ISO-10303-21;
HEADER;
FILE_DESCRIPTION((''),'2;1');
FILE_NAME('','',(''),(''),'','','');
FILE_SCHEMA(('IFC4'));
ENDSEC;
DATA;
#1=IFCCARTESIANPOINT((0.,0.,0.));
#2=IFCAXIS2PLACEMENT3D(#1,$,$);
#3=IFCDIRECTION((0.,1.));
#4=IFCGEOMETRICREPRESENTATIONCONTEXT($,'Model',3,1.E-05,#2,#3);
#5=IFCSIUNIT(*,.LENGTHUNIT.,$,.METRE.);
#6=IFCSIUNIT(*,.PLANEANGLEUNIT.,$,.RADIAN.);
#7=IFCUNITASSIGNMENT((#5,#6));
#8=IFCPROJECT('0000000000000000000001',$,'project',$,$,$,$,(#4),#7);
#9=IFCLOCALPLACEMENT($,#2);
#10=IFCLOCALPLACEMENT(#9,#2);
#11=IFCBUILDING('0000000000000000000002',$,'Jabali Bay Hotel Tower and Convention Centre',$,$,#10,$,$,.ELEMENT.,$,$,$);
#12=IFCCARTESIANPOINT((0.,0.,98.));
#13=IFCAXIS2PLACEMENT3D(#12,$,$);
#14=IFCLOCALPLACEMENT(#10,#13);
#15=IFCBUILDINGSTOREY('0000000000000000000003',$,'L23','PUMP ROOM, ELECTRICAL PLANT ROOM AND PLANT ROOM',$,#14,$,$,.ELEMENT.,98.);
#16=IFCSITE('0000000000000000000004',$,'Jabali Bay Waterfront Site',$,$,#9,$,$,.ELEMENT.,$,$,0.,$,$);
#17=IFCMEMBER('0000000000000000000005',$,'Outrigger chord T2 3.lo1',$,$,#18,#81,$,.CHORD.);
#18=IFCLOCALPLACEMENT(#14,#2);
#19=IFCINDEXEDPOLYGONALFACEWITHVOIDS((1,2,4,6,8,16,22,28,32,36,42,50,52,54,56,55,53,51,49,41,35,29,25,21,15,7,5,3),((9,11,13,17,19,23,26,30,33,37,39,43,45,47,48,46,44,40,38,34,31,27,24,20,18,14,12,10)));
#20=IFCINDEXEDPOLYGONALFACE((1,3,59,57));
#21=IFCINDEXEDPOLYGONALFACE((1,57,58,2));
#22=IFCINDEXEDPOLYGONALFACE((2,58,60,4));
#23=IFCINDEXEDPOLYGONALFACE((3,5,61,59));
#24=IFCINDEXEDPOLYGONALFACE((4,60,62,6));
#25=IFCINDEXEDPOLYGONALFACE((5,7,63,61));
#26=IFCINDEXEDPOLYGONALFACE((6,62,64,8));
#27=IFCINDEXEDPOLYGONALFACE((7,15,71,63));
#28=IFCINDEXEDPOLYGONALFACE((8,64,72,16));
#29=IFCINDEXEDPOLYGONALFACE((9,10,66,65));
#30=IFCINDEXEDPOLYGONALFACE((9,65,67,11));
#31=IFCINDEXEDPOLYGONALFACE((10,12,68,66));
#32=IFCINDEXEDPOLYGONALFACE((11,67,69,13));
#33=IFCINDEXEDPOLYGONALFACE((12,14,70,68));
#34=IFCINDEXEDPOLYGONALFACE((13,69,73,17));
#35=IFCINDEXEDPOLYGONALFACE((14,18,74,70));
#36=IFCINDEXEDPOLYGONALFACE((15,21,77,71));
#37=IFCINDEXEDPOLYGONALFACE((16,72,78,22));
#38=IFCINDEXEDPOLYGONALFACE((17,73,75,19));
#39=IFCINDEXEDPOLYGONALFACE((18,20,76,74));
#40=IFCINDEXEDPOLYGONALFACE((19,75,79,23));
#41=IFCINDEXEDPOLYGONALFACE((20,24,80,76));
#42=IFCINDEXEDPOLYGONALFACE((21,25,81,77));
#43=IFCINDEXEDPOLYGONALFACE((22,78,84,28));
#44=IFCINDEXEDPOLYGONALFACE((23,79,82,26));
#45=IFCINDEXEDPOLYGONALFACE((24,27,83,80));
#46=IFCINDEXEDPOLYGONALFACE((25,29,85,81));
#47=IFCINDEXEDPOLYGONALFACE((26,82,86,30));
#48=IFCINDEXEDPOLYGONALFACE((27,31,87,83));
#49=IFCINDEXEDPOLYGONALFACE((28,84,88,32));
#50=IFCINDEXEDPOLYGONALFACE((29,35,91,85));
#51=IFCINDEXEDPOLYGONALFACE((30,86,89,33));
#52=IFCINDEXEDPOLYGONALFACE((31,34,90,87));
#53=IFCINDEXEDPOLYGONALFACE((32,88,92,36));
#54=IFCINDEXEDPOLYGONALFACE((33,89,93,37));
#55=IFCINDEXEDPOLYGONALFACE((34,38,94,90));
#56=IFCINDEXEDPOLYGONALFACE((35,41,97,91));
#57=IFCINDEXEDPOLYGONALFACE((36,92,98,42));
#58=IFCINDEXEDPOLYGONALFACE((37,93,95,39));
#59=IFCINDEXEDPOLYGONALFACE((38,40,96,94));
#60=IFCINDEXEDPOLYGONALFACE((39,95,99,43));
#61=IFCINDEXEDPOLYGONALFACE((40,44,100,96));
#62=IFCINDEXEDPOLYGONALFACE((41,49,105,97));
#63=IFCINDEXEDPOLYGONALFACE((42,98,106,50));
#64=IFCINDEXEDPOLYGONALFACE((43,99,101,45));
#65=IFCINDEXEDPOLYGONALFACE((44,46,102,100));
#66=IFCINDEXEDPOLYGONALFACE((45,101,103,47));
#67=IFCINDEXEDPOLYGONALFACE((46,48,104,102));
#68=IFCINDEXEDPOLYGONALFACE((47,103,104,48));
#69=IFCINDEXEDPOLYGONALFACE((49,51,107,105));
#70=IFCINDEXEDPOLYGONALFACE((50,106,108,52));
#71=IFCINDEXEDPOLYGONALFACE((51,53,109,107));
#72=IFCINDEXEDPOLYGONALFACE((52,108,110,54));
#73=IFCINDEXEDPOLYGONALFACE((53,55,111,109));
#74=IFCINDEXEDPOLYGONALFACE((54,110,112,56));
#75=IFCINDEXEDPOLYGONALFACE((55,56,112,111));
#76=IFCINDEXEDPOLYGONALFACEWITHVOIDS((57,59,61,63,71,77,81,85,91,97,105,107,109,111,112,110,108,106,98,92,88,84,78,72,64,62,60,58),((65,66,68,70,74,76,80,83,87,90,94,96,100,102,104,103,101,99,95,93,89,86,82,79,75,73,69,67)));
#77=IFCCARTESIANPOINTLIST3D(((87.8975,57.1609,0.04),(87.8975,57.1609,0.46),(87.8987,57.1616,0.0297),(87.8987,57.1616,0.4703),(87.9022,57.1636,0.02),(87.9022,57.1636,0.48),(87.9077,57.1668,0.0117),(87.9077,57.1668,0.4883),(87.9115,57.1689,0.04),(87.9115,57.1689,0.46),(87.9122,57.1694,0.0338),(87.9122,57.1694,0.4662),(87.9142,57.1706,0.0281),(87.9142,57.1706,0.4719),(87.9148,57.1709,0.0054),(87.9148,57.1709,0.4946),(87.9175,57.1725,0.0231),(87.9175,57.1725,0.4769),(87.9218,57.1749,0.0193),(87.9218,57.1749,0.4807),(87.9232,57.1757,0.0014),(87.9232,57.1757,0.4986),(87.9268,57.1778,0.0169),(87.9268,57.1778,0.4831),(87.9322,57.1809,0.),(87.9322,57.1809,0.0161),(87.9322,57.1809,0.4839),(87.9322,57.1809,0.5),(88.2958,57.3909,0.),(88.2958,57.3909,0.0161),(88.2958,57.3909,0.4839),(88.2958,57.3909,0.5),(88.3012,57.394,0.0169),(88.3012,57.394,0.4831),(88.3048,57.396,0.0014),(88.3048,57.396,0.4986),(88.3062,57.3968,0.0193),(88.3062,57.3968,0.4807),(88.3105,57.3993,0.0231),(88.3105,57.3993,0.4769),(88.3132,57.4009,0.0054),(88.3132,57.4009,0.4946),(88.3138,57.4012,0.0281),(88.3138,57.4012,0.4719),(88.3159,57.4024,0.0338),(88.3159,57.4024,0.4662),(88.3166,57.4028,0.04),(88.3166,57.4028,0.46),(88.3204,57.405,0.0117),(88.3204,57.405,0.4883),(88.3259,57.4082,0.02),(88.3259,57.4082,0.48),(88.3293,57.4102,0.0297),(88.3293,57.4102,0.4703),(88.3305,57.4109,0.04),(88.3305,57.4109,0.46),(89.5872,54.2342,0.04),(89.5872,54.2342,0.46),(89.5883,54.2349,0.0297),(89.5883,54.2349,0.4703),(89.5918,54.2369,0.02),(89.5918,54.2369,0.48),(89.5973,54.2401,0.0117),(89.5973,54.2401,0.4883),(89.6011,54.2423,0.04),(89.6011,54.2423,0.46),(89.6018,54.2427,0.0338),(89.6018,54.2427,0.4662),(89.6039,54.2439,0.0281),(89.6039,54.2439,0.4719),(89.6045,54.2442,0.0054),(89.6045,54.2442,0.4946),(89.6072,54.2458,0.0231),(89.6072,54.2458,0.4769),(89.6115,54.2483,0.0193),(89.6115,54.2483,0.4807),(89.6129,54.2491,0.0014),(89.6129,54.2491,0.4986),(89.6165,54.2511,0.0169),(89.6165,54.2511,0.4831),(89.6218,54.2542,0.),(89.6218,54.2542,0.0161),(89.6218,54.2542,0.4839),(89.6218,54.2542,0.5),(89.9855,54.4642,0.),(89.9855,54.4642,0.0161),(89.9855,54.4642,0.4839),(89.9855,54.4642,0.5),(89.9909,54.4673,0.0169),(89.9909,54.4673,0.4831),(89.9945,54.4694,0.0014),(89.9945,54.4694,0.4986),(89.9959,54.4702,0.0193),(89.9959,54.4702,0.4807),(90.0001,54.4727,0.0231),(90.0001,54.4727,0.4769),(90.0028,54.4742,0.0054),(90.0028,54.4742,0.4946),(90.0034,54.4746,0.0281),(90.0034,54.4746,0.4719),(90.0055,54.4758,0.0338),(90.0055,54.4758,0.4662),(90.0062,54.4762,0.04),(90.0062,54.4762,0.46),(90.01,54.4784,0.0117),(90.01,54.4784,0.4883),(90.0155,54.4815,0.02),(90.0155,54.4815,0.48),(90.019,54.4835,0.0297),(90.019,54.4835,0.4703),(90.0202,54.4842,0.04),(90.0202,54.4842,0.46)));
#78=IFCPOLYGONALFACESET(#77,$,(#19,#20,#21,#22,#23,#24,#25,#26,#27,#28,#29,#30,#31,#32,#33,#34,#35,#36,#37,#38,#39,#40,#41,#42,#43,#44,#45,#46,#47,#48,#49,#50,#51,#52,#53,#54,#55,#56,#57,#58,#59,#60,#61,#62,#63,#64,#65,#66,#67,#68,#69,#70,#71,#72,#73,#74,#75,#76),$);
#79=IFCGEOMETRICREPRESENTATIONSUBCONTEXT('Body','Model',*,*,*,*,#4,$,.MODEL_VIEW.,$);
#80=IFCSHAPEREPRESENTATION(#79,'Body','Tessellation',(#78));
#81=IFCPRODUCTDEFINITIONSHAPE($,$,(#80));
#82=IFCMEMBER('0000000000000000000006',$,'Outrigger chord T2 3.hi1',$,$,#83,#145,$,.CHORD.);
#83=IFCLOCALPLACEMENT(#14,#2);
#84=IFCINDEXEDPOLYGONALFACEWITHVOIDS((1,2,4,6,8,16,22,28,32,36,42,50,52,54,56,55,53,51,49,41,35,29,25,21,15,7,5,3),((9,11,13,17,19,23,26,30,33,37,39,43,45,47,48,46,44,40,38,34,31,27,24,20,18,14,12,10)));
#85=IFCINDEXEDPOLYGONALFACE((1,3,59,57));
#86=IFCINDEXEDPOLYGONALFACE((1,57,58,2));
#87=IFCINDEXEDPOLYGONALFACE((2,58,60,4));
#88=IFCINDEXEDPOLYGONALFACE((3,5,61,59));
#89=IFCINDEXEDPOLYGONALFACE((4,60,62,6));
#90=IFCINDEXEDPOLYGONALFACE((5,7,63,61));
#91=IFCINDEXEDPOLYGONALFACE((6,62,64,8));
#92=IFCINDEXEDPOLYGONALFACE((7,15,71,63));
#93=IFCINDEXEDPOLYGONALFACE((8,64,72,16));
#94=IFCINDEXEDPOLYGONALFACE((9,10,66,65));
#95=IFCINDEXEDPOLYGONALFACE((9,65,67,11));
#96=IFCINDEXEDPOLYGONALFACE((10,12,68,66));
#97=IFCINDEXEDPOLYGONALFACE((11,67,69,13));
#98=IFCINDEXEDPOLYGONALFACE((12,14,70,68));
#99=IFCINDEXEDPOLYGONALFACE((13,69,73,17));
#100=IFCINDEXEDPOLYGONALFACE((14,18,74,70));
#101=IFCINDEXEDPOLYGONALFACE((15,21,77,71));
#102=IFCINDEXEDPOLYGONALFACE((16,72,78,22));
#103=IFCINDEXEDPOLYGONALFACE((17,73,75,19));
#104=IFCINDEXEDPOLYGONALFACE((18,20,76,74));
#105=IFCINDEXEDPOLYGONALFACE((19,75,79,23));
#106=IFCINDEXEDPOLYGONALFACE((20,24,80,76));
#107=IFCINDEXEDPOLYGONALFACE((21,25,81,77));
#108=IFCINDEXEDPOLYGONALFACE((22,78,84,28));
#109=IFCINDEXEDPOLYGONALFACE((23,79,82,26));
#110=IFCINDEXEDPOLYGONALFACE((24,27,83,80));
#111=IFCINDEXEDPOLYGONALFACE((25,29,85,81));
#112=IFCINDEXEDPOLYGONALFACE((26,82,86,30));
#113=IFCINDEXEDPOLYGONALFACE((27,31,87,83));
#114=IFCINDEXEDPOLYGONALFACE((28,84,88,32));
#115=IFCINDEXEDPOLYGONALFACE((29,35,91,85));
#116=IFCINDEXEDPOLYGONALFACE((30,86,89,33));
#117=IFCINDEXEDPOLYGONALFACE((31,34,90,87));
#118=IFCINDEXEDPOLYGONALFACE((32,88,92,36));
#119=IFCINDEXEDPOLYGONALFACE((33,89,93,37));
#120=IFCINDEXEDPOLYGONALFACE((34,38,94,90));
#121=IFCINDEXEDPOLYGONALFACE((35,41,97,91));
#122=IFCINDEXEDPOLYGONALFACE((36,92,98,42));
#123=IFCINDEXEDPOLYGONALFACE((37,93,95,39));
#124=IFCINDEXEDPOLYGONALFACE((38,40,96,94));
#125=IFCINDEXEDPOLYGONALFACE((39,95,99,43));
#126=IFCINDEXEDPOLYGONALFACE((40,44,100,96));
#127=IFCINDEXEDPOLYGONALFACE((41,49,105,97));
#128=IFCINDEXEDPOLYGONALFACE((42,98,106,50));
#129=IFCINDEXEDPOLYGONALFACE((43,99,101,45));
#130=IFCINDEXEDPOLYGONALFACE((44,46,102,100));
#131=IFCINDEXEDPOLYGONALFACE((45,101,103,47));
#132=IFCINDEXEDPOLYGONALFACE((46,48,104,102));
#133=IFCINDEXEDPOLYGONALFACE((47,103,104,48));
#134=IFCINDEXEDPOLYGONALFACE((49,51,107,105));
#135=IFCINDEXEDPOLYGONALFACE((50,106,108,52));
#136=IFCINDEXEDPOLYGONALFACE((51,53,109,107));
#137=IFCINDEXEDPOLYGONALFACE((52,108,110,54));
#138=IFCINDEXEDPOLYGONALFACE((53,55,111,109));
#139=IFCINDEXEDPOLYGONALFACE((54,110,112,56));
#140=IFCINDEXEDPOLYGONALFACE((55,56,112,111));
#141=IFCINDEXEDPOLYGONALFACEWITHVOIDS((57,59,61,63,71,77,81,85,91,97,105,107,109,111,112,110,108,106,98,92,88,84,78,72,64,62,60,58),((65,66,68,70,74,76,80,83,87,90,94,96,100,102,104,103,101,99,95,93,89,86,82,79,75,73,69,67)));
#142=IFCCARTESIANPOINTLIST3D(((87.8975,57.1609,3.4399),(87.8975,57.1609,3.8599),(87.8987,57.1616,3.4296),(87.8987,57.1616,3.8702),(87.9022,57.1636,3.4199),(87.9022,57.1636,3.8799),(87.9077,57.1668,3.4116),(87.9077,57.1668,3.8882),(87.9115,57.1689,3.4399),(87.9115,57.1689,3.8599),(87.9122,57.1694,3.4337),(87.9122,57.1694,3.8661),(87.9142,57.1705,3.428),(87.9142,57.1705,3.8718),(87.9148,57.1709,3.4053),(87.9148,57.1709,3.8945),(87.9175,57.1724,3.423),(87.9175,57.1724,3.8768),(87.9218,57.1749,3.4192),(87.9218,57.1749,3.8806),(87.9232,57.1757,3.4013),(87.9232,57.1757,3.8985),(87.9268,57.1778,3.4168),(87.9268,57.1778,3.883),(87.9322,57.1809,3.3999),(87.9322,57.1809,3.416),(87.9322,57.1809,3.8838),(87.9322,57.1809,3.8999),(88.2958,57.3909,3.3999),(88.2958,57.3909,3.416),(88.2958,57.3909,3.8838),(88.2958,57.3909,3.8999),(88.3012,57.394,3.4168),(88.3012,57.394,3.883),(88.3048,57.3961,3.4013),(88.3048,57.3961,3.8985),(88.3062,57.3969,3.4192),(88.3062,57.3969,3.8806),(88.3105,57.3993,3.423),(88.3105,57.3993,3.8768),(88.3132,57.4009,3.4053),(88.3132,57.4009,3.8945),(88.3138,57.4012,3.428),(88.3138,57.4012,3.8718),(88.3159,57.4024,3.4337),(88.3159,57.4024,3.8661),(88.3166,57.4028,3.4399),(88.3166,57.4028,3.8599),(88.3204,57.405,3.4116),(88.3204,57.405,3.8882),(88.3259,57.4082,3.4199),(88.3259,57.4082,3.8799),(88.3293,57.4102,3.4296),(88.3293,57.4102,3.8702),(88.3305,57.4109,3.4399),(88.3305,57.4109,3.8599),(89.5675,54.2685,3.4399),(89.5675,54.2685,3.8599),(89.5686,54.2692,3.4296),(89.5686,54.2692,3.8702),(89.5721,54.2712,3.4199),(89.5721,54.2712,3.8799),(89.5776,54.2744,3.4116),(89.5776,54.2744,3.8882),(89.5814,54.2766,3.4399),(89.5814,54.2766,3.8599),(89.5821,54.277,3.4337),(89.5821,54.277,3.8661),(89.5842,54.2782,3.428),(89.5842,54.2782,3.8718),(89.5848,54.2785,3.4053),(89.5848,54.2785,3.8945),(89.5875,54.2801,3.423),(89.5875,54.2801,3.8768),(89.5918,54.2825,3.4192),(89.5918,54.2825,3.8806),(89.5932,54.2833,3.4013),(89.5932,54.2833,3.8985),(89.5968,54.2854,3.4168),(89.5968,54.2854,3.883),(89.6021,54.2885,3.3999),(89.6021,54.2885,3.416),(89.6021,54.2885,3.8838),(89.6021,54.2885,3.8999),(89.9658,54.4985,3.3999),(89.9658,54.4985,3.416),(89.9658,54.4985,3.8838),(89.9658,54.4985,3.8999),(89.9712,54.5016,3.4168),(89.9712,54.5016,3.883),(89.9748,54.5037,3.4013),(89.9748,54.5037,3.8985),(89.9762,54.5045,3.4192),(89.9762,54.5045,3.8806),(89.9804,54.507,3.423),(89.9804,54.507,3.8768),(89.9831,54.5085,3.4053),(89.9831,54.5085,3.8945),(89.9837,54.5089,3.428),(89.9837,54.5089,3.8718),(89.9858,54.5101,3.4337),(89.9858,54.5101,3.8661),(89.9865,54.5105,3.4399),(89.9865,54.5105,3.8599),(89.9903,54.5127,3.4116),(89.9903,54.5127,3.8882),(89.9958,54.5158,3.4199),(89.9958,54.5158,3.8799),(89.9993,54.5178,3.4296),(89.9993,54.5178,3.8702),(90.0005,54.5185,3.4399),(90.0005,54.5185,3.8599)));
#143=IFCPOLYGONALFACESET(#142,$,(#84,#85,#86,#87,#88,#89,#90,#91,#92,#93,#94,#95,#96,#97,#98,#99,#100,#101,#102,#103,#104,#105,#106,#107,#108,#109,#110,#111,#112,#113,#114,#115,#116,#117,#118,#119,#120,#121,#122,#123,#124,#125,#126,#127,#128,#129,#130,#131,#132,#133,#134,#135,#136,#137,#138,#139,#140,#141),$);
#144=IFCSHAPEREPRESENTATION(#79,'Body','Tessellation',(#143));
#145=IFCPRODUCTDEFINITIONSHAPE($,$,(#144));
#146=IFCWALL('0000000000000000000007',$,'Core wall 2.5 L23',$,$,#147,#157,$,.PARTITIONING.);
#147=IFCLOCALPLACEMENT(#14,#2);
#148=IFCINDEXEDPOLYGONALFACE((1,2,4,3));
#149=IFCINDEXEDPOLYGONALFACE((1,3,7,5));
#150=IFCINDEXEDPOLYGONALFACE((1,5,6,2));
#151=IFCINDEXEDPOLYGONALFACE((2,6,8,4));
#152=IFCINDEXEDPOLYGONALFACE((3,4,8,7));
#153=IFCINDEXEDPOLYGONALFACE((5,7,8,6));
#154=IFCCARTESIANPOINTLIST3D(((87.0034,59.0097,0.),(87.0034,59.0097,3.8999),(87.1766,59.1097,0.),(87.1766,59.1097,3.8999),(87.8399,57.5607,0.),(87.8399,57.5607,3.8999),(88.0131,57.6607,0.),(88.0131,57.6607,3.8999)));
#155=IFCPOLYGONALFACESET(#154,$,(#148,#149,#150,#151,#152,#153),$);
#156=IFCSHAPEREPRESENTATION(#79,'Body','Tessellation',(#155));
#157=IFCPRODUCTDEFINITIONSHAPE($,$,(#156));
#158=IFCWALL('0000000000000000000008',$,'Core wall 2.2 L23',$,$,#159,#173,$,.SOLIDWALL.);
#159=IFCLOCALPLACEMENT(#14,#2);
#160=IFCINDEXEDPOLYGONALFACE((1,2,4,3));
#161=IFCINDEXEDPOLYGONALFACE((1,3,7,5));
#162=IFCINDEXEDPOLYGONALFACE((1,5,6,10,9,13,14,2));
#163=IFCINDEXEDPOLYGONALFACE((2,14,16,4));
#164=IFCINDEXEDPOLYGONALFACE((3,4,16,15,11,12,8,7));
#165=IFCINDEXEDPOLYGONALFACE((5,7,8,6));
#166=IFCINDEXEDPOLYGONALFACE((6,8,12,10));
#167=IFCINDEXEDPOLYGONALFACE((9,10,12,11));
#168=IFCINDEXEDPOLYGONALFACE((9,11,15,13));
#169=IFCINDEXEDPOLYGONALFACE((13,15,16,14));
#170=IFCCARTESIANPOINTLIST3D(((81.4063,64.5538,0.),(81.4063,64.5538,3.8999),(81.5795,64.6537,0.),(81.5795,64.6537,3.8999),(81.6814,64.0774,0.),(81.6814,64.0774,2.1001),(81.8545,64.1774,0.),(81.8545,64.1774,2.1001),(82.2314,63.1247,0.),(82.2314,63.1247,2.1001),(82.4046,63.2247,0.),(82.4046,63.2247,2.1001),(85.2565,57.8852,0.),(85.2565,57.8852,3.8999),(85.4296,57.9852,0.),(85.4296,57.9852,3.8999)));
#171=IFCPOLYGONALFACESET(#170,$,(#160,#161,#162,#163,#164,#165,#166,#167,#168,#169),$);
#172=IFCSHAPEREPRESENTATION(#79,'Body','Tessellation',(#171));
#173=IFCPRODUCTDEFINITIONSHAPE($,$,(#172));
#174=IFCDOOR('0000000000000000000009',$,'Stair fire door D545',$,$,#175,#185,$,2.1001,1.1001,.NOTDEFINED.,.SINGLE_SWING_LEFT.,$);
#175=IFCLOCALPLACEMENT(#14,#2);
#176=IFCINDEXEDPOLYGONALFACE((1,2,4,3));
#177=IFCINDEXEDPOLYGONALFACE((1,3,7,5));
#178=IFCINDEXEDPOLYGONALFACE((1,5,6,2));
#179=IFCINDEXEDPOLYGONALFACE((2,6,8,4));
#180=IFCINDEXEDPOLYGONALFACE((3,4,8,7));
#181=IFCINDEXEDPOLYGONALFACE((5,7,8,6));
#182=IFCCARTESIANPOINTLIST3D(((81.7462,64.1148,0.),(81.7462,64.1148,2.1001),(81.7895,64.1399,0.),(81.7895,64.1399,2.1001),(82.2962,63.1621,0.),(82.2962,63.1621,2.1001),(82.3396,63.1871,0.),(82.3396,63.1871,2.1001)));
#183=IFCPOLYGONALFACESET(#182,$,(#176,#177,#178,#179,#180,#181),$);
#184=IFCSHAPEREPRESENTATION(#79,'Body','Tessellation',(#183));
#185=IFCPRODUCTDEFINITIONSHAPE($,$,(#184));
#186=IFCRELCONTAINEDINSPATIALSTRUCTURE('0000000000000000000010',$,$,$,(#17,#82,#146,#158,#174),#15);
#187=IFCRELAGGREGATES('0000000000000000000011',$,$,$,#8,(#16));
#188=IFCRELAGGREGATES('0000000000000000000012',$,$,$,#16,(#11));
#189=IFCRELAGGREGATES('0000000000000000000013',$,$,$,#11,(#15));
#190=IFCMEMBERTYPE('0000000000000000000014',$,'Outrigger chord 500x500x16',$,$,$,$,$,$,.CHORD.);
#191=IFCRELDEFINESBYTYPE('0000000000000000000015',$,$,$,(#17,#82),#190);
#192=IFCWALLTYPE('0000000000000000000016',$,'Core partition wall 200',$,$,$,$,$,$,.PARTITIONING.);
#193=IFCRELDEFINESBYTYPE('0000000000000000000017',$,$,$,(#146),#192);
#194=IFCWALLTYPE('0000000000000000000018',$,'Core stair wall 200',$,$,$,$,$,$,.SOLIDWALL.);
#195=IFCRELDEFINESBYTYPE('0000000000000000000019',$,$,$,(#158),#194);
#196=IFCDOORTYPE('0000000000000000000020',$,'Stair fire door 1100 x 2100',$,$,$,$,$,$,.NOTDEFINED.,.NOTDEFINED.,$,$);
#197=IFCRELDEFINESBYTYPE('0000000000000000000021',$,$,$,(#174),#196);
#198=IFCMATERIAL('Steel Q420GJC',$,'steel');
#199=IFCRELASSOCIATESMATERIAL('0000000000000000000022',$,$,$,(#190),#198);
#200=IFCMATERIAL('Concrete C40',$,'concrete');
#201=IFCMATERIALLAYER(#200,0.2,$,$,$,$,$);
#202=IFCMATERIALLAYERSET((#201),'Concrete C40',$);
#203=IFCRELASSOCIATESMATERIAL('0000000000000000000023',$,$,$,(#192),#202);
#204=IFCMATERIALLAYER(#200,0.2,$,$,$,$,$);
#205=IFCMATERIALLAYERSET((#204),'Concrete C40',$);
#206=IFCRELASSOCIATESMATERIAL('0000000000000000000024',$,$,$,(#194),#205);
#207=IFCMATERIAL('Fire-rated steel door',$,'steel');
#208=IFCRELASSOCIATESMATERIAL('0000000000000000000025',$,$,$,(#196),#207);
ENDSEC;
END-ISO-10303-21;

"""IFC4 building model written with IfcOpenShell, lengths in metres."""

from ifc_helpers import new_model, si_unit, direction, frame, frame_2d, origin, origin_2d, place, context, subcontext, project, spatial, rectangle, hollow_rectangle, extrude, material, layer, layer_set, material_profile, profile_set, type_object, element, fill, save


model = new_model("IFC4")

# Units and contexts
model_context = context("Model", 3, precision=1e-05, world=origin(), true_north=direction((0.0, 1.0)))
body_context = subcontext(model_context, "Body", "Model", "MODEL_VIEW")
ifc_project = project(units=[si_unit("LENGTHUNIT", "METRE"), si_unit("PLANEANGLEUNIT", "RADIAN")], contexts=[model_context])

# Site, building, storey
site_placement = place(None, origin())
site = spatial("IfcSite", under=ifc_project, at=site_placement, Name="Jabali Bay Waterfront Site", CompositionType="ELEMENT", RefElevation=0.0)
building_placement = place(site_placement, origin())
building = spatial("IfcBuilding", under=site, at=building_placement, Name="Jabali Bay Hotel Tower and Convention Centre", CompositionType="ELEMENT")
storey_placement = place(building_placement, frame((0.0, 0.0, 98.0)))
storey = spatial("IfcBuildingStorey", under=building, at=storey_placement, Name="L23", Description="PUMP ROOM, ELECTRICAL PLANT ROOM AND PLANT ROOM", CompositionType="ELEMENT", Elevation=98.0)

# Members
ifc_material_1 = material(Name="Steel Q420GJC", Category="steel")
ifc_material_profile_1 = material_profile(ifc_material_1, hollow_rectangle(XDim=0.5, YDim=0.5, WallThickness=0.0161, InnerFilletRadius=0.0239, OuterFilletRadius=0.04, at=origin_2d()), Name="Outrigger chord 500x500x16")
ifc_profile_set_1 = profile_set([ifc_material_profile_1], Name="Steel Q420GJC")
member_type_1 = type_object("IfcMemberType", Name="Outrigger chord 500x500x16", PredefinedType="CHORD", material=ifc_profile_set_1)
member_1_placement = place(storey_placement, frame((88.114, 57.2859, 0.25), z_axis=(0.499985, -0.866034, 0.0), x_axis=(0.866034, 0.499985, 0.0)))
element("IfcMember", 1, at=member_1_placement, inside=storey, type_object=member_type_1, Name="Outrigger chord T2 3.lo1", PredefinedType="CHORD", context=body_context, shape_type="SweptSolid", body=[
    extrude(hollow_rectangle(XDim=0.5, YDim=0.5, WallThickness=0.0161, InnerFilletRadius=0.0239, OuterFilletRadius=0.04, at=origin_2d()), origin(), (0.0, 0.0, 1.0), 3.3794),
])
member_2_placement = place(storey_placement, frame((88.114, 57.2859, 3.6499), z_axis=(0.500007, -0.866021, 0.0), x_axis=(0.866021, 0.500007, 0.0)))
element("IfcMember", 2, at=member_2_placement, inside=storey, type_object=member_type_1, Name="Outrigger chord T2 3.hi1", PredefinedType="CHORD", context=body_context, shape_type="SweptSolid", body=[
    extrude(hollow_rectangle(XDim=0.5, YDim=0.5, WallThickness=0.0161, InnerFilletRadius=0.0239, OuterFilletRadius=0.04, at=origin_2d()), origin(), (0.0, 0.0, 1.0), 3.3398),
])

# Wall
ifc_material_2 = material(Name="Concrete C40", Category="concrete")
ifc_layer_1 = layer(ifc_material_2, 0.2)
ifc_layer_set_1 = layer_set([ifc_layer_1], Name="Concrete C40")
wall_type_1 = type_object("IfcWallType", Name="Core partition wall 200", PredefinedType="PARTITIONING", material=ifc_layer_set_1)
wall_1_placement = place(storey_placement, frame((87.0901, 59.0596, 0.0), z_axis=(0.0, 0.0, 1.0), x_axis=(0.499937, -0.866062, 0.0)))
element("IfcWall", 3, at=wall_1_placement, inside=storey, type_object=wall_type_1, Name="Core wall 2.5 L23", PredefinedType="PARTITIONING", context=body_context, shape_type="SweptSolid", body=[
    extrude(rectangle(XDim=1.6731, YDim=0.2, at=frame_2d((0.8364, 0.0))), origin(), (0.0, 0.0, 1.0), 3.8999),
])

# Wall, opening, door
ifc_layer_2 = layer(ifc_material_2, 0.2)
ifc_layer_set_2 = layer_set([ifc_layer_2], Name="Concrete C40")
wall_type_2 = type_object("IfcWallType", Name="Core stair wall 200", PredefinedType="SOLIDWALL", material=ifc_layer_set_2)
wall_2_placement = place(storey_placement, frame((81.4929, 64.6038, 0.0), z_axis=(0.0, 0.0, 1.0), x_axis=(0.500006, -0.866022, 0.0)))
wall_2 = element("IfcWall", 4, at=wall_2_placement, inside=storey, type_object=wall_type_2, Name="Core wall 2.2 L23", PredefinedType="SOLIDWALL", context=body_context, shape_type="SweptSolid", body=[
    extrude(rectangle(XDim=7.7002, YDim=0.2, at=frame_2d((3.8501, 0.0))), origin(), (0.0, 0.0, 1.0), 3.8999),
])
opening_placement = place(wall_2_placement, frame((0.55, 0.0, 0.0)))
opening = element("IfcOpeningElement", 5, at=opening_placement, cuts=wall_2, PredefinedType="OPENING", context=body_context, shape_type="SweptSolid", body=[
    extrude(rectangle(XDim=1.1001, YDim=2.1001, at=frame_2d((0.55, 1.05))), frame((0.0, 0.1104, 0.0), z_axis=(0.0, -1.0, 0.0), x_axis=(1.0, 0.0, 0.0)), (0.0, 0.0, 1.0), 0.2209),
])
ifc_material_3 = material(Name="Fire-rated steel door", Category="steel")
door_type = type_object("IfcDoorType", Name="Stair fire door 1100 x 2100", OperationType="NOTDEFINED", PredefinedType="NOTDEFINED", material=ifc_material_3)
door_placement = place(opening_placement, origin())
door = element("IfcDoor", 6, at=door_placement, inside=storey, type_object=door_type, Name="Stair fire door D545", OperationType="SINGLE_SWING_LEFT", OverallHeight=2.1001, OverallWidth=1.1001, PredefinedType="NOTDEFINED", context=body_context, shape_type="SweptSolid", body=[
    extrude(rectangle(XDim=1.1001, YDim=2.1001, at=frame_2d((0.55, 1.05))), frame((0.0, 0.0249, 0.0), z_axis=(0.0, -1.0, 0.0), x_axis=(1.0, 0.0, 0.0)), (0.0, 0.0, 1.0), 0.05),
])
fill(opening, door)

save(model, "model.ifc")
